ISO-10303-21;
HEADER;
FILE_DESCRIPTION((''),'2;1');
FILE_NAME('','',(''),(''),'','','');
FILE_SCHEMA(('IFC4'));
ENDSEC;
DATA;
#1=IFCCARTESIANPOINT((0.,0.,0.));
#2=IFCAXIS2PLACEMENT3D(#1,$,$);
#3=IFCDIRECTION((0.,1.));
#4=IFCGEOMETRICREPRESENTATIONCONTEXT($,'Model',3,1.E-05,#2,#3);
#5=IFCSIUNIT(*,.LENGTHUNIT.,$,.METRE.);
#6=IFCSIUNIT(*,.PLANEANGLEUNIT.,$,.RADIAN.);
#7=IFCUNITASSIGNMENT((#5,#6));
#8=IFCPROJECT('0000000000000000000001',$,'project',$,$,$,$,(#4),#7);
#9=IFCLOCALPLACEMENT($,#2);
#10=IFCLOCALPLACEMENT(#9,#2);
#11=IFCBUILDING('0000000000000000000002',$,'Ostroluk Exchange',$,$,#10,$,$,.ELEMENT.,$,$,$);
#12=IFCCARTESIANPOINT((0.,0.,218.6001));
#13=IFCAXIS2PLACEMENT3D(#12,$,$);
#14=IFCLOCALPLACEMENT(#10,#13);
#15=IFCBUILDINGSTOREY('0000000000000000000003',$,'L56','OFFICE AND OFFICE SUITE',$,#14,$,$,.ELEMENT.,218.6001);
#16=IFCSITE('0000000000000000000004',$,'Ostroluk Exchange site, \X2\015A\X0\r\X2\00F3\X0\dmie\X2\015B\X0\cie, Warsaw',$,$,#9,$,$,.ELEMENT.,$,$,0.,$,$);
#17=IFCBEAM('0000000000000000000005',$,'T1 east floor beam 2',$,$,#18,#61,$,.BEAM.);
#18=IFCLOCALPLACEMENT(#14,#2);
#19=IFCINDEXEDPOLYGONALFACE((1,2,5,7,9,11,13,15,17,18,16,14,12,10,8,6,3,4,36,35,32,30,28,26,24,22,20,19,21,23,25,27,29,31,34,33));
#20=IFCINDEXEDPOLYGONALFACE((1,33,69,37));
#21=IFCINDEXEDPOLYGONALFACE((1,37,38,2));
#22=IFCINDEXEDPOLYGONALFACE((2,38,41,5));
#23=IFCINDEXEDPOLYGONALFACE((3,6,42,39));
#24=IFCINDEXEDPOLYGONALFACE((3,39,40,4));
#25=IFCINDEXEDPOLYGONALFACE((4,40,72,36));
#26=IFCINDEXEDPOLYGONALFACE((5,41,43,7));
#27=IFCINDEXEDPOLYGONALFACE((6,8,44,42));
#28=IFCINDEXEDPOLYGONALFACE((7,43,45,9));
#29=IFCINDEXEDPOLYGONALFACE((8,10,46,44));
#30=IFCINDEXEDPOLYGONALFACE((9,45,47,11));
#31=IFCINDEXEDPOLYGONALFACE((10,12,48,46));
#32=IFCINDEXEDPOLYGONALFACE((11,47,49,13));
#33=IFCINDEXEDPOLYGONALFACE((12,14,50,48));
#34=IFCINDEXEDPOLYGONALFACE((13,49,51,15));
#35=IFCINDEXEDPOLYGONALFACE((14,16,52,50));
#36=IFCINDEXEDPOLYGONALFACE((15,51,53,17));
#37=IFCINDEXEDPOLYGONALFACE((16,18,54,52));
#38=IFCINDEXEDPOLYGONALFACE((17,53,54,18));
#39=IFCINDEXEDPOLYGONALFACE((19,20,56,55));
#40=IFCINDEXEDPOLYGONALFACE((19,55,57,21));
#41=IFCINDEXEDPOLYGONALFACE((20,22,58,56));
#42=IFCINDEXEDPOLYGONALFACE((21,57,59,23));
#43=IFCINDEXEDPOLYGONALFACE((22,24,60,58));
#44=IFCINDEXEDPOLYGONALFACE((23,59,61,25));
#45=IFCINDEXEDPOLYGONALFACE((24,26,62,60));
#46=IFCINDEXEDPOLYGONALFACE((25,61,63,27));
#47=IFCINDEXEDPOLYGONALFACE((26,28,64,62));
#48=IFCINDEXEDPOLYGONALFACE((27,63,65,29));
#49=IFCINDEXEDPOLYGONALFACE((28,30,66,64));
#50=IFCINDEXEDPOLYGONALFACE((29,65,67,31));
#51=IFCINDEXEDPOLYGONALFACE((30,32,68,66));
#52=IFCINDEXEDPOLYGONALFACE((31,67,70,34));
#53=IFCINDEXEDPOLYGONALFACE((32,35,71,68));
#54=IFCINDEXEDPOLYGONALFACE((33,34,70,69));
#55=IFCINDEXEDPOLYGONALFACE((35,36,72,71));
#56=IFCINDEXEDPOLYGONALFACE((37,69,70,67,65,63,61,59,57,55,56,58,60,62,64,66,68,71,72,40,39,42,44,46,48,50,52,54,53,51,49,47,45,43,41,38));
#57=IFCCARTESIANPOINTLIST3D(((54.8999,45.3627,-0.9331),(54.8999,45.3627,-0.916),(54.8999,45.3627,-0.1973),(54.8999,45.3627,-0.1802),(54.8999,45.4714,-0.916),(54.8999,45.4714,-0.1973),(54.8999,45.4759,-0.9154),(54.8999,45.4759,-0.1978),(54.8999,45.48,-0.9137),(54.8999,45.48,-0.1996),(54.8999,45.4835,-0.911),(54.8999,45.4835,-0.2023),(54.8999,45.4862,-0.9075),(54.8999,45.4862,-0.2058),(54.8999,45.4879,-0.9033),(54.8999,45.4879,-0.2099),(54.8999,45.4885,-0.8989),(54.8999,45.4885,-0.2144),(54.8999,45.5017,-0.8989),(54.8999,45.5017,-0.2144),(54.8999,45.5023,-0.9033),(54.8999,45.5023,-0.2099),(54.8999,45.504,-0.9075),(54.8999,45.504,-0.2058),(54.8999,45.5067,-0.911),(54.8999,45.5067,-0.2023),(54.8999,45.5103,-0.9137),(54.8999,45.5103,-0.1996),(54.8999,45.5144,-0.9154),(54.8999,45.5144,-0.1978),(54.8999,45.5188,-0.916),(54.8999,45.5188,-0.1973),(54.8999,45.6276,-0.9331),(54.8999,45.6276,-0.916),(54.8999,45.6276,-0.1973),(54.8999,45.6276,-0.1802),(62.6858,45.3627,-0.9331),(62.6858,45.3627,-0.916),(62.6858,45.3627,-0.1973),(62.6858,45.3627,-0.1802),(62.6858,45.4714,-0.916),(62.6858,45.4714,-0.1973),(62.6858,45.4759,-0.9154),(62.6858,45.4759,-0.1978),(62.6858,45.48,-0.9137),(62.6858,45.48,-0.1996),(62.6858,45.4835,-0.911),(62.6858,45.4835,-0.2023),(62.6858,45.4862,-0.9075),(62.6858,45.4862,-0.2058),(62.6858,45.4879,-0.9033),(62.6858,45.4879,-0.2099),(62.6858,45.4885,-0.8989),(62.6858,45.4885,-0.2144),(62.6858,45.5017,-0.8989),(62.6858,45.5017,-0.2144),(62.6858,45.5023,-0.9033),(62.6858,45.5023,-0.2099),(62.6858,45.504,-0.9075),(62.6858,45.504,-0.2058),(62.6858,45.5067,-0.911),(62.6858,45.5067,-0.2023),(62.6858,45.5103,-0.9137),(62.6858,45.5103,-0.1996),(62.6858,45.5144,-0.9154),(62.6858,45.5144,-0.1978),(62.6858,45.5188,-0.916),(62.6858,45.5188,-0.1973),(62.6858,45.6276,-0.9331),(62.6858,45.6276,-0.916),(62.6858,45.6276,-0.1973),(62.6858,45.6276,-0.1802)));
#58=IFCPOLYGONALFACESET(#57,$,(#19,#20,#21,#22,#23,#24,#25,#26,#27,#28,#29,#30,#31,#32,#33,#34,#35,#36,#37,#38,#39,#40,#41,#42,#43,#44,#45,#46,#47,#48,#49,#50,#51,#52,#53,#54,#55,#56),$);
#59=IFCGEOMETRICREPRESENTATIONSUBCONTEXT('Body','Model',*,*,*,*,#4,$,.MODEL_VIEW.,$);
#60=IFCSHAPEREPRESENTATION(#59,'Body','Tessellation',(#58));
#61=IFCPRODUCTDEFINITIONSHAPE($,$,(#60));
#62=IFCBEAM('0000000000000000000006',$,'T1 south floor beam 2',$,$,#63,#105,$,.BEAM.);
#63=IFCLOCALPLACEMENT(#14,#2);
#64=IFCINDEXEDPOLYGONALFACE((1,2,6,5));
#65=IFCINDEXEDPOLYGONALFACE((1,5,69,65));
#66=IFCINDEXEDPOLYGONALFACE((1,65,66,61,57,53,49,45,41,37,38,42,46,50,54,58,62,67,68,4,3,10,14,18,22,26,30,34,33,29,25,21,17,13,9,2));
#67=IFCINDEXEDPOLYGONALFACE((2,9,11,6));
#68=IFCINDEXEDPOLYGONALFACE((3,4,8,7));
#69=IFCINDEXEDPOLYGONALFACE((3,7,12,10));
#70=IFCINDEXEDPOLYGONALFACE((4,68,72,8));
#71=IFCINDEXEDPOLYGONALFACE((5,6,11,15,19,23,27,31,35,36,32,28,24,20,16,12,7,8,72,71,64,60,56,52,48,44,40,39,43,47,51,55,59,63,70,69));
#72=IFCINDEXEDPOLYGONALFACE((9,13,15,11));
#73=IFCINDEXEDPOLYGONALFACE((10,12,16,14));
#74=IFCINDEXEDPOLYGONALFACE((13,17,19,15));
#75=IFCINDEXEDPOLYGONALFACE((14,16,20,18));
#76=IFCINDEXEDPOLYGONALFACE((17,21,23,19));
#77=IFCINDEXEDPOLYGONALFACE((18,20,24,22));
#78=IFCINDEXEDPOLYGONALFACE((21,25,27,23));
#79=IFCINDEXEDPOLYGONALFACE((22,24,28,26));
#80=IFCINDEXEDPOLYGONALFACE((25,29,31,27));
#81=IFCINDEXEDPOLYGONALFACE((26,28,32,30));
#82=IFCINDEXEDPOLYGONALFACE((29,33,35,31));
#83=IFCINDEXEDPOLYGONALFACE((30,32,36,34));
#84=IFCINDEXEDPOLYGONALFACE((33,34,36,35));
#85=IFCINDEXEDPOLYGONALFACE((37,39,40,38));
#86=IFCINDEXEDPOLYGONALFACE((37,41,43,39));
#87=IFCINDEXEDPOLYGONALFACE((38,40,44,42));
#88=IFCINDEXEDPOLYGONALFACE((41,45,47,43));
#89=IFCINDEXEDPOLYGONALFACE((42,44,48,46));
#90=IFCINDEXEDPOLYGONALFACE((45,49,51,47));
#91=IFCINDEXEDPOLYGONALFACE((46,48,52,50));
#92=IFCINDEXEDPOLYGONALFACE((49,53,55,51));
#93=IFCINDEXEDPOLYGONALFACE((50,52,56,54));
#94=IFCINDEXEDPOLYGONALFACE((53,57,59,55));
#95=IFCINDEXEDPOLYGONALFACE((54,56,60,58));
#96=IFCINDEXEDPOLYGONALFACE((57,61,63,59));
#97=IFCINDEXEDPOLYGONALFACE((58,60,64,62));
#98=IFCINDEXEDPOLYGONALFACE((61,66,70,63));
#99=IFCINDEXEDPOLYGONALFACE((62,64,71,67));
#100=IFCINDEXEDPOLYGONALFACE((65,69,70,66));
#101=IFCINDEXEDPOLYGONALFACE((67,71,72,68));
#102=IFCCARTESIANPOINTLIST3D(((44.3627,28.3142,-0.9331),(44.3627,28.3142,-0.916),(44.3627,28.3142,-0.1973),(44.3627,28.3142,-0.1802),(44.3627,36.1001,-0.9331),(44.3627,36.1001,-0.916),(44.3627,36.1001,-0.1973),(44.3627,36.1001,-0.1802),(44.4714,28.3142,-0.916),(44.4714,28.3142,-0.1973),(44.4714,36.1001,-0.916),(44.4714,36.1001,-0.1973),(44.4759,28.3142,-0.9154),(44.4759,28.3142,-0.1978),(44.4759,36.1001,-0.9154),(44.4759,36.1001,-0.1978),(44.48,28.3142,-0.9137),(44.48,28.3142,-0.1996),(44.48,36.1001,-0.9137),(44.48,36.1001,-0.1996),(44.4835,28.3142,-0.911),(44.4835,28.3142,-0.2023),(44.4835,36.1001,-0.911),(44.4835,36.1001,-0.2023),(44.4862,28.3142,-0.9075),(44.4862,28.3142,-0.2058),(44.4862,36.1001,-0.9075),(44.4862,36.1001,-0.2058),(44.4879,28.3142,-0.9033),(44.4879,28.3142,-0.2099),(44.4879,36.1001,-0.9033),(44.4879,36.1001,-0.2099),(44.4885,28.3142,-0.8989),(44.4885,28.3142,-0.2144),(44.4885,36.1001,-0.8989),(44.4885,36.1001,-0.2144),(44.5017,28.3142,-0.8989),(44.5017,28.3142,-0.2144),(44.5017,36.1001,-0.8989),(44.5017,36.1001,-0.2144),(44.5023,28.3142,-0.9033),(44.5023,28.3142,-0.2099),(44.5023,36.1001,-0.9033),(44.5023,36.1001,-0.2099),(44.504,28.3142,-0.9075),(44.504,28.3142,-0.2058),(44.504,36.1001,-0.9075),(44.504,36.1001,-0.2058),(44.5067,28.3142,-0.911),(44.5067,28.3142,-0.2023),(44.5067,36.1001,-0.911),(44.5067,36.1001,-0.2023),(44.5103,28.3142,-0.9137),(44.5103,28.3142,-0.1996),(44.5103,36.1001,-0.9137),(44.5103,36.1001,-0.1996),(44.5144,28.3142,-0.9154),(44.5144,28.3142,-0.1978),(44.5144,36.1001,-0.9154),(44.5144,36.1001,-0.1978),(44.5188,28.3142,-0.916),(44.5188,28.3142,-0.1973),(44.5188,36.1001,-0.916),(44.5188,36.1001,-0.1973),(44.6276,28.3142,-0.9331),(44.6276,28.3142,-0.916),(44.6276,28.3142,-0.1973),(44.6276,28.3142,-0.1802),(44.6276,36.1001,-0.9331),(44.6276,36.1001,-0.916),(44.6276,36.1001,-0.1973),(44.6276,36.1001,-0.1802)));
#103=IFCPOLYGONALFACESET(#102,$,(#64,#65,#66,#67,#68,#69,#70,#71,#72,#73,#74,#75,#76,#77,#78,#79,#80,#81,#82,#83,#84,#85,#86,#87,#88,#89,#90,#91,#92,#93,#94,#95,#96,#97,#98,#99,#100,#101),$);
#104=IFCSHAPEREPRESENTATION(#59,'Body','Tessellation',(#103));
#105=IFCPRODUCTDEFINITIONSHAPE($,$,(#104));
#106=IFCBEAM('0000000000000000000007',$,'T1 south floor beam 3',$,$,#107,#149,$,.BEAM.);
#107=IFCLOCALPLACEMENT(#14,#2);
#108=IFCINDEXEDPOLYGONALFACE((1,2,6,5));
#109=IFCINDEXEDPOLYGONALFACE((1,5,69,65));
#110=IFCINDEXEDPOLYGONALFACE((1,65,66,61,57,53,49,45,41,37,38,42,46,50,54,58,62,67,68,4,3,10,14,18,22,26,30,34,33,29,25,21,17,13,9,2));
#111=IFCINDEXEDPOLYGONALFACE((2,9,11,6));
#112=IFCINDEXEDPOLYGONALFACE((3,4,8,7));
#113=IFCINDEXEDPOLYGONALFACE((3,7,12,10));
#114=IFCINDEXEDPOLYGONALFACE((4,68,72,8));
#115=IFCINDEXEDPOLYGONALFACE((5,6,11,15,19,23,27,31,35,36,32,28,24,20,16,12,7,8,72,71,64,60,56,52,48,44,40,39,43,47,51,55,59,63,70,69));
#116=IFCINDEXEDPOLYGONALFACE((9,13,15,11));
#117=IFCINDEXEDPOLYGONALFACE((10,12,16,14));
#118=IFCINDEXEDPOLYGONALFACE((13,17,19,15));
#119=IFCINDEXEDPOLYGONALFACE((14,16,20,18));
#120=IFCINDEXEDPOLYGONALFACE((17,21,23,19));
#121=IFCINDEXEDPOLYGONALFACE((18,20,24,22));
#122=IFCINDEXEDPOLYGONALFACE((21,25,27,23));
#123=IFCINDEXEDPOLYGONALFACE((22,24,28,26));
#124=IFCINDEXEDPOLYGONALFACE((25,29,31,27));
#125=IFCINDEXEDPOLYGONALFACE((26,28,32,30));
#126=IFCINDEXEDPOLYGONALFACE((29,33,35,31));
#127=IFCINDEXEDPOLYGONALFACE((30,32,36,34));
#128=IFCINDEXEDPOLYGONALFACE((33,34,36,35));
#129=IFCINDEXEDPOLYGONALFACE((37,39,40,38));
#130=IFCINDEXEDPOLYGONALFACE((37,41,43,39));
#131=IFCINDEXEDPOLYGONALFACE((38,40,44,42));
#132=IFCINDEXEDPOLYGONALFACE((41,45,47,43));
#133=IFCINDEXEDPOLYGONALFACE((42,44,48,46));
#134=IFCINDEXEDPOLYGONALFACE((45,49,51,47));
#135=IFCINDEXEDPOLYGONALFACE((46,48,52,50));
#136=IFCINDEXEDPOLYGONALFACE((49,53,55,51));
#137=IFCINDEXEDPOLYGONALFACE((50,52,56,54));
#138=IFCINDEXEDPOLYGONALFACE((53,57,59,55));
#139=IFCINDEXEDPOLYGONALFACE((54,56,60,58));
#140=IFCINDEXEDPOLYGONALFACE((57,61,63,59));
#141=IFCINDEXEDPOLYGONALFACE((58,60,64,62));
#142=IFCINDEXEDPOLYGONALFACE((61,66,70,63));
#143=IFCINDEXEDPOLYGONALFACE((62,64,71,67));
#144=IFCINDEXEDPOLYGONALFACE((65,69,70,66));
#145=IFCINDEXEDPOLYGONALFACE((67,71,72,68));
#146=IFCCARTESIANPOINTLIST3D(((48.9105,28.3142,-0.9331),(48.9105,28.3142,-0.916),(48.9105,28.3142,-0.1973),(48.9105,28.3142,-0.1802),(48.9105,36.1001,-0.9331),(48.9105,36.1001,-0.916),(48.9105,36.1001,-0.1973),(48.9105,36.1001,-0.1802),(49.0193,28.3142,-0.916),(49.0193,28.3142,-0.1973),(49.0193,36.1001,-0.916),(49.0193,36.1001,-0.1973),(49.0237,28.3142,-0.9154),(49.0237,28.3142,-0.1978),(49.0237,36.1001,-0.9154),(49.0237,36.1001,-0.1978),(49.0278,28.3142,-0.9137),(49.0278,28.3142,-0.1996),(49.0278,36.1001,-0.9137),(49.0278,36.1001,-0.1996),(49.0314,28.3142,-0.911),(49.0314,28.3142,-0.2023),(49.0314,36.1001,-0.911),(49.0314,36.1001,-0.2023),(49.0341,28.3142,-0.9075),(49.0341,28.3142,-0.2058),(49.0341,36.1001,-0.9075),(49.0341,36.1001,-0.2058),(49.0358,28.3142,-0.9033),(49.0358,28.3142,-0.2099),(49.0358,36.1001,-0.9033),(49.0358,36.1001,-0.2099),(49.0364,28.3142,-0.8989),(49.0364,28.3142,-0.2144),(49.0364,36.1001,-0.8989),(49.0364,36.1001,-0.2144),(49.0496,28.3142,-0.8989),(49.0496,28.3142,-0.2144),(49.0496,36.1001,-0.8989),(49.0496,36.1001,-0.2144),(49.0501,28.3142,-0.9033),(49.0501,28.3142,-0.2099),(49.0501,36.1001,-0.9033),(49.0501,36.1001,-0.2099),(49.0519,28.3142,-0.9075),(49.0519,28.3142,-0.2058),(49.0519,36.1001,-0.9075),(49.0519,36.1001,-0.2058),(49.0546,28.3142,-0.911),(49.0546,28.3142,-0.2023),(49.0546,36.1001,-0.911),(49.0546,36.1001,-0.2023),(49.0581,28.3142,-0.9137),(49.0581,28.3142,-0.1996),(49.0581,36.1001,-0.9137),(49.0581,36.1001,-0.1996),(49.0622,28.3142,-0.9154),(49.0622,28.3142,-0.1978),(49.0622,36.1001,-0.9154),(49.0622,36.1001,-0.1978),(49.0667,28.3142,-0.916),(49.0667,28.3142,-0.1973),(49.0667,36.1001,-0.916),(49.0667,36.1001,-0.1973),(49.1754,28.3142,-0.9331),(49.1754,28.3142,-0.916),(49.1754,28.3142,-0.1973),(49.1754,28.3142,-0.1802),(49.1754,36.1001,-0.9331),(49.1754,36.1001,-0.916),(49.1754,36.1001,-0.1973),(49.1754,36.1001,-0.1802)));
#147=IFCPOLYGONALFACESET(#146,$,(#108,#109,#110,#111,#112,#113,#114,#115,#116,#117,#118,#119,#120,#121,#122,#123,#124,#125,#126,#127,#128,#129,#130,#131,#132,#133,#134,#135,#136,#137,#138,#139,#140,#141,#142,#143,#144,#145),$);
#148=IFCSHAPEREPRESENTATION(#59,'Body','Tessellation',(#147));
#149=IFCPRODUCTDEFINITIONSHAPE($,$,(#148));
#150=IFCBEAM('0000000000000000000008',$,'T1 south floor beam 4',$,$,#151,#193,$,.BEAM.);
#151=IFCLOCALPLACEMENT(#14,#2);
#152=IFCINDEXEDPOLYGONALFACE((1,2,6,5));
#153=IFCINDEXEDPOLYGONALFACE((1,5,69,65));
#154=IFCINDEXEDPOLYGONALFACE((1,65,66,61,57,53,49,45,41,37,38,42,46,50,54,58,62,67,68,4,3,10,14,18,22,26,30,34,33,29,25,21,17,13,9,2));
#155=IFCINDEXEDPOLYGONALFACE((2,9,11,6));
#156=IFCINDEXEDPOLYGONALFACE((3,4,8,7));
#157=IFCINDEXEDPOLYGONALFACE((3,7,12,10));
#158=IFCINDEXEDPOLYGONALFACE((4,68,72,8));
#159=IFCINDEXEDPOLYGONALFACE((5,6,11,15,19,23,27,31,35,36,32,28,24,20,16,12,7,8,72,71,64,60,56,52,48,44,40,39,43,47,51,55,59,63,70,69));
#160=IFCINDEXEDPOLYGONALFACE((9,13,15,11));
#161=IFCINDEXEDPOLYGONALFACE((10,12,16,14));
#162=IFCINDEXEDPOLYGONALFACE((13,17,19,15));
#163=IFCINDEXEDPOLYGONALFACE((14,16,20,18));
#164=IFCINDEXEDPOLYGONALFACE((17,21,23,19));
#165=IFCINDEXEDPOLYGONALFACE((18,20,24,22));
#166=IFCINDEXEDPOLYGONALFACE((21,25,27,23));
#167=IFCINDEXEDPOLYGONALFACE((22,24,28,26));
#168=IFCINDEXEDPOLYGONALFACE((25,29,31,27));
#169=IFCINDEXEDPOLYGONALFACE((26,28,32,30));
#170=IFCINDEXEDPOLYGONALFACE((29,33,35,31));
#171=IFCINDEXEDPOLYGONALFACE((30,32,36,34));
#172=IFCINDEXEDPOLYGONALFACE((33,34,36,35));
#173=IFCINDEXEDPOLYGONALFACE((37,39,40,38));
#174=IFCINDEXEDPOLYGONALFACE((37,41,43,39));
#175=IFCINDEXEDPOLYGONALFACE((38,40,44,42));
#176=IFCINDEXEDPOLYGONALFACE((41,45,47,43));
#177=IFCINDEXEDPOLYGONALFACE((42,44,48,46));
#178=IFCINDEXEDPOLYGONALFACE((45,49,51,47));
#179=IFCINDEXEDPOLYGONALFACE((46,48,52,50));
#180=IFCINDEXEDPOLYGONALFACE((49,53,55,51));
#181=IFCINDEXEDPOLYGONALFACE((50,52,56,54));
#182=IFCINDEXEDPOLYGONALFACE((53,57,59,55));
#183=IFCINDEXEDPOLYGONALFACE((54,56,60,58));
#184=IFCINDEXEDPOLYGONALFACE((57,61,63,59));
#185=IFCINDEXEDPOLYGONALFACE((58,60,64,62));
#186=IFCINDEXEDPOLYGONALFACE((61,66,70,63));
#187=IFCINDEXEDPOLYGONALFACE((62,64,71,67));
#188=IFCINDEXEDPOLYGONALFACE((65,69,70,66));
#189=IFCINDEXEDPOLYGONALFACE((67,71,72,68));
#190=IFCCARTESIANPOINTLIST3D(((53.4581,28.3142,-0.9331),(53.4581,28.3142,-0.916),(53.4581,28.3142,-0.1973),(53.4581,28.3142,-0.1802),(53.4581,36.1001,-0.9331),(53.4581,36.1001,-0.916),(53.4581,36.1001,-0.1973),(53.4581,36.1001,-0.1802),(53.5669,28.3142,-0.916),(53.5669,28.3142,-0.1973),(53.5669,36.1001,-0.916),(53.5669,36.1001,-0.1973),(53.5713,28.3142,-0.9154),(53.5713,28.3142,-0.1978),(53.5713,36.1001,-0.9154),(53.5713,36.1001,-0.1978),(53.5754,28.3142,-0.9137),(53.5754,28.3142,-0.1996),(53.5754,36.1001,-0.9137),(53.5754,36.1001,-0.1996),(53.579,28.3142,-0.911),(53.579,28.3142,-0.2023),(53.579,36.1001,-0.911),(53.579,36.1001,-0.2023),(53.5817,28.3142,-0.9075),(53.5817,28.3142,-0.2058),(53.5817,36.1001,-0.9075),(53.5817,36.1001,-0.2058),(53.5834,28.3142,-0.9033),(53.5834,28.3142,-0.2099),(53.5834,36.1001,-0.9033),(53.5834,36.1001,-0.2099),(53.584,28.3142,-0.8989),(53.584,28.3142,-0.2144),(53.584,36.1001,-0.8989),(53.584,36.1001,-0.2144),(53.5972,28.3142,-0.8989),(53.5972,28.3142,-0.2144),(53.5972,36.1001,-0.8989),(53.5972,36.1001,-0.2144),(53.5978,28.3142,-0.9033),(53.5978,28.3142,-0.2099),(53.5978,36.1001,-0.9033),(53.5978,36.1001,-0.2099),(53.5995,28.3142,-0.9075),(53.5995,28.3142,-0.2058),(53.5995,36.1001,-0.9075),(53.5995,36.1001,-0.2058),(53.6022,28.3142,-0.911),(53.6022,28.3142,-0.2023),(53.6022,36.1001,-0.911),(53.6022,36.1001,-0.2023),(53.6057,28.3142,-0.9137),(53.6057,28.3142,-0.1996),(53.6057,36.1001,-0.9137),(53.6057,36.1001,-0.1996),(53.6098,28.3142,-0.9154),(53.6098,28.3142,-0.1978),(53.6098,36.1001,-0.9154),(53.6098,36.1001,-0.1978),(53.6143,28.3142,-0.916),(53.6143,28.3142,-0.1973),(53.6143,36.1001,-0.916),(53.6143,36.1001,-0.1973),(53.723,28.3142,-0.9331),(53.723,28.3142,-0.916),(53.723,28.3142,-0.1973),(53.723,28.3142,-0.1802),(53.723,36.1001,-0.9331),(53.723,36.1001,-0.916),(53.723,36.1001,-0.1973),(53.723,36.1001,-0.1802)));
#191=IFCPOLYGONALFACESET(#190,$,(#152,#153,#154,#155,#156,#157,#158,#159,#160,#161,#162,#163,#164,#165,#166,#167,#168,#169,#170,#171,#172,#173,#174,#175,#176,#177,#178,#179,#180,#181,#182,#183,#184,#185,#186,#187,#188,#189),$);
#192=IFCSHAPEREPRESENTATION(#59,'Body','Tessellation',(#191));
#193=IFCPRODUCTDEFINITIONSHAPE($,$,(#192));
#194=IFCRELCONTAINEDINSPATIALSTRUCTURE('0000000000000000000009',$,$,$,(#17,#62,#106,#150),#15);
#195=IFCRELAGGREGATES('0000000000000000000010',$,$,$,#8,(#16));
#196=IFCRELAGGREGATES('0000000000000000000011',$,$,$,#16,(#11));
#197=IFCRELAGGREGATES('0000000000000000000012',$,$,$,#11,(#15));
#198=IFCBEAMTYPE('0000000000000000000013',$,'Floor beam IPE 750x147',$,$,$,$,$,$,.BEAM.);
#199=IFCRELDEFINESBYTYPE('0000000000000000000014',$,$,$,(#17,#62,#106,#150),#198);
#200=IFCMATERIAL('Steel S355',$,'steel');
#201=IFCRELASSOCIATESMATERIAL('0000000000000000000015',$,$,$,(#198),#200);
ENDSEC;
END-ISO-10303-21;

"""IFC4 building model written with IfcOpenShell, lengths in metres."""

from ifc_helpers import new_model, si_unit, direction, frame, origin, origin_2d, place, context, subcontext, project, spatial, i_section, extrude, material, material_profile, profile_set, type_object, element, save


model = new_model("IFC4")

# Units and contexts
model_context = context("Model", 3, precision=1e-05, world=origin(), true_north=direction((0.0, 1.0)))
body_context = subcontext(model_context, "Body", "Model", "MODEL_VIEW")
ifc_project = project(units=[si_unit("LENGTHUNIT", "METRE"), si_unit("PLANEANGLEUNIT", "RADIAN")], contexts=[model_context])

# Site, building, storey
site_placement = place(None, origin())
site = spatial("IfcSite", under=ifc_project, at=site_placement, Name="Ostroluk Exchange site, Śródmieście, Warsaw", CompositionType="ELEMENT", RefElevation=0.0)
building_placement = place(site_placement, origin())
building = spatial("IfcBuilding", under=site, at=building_placement, Name="Ostroluk Exchange", CompositionType="ELEMENT")
storey_placement = place(building_placement, frame((0.0, 0.0, 218.6001)))
storey = spatial("IfcBuildingStorey", under=building, at=storey_placement, Name="L56", Description="OFFICE AND OFFICE SUITE", CompositionType="ELEMENT", Elevation=218.6001)

# Beams
ifc_material_1 = material(Name="Steel S355", Category="steel")
ifc_material_profile_1 = material_profile(ifc_material_1, i_section(OverallWidth=0.2649, OverallDepth=0.7529, WebThickness=0.0132, FlangeThickness=0.0171, FilletRadius=0.0171, at=origin_2d()), Name="IPE 750x147")
ifc_profile_set_1 = profile_set([ifc_material_profile_1], Name="Steel S355")
beam_type_1 = type_object("IfcBeamType", Name="Floor beam IPE 750x147", PredefinedType="BEAM", material=ifc_profile_set_1)
for number, where, z_axis, x_axis, name in (
    (1, (54.8999, 45.4951, -0.5566), (1.0, 0.0, 0.0), (0.0, 1.0, 0.0), "T1 east floor beam 2"),
    (2, (44.4951, 36.1001, -0.5566), (0.0, -1.0, 0.0), (1.0, 0.0, 0.0), "T1 south floor beam 2"),
    (3, (49.043, 36.1001, -0.5566), (0.0, -1.0, 0.0), (1.0, 0.0, 0.0), "T1 south floor beam 3"),
    (4, (53.5906, 36.1001, -0.5566), (0.0, -1.0, 0.0), (1.0, 0.0, 0.0), "T1 south floor beam 4"),
):
    element("IfcBeam", number, at=place(storey_placement, frame(where, z_axis=z_axis, x_axis=x_axis)), inside=storey, type_object=beam_type_1, Name=name, PredefinedType="BEAM", context=body_context, shape_type="SweptSolid", body=[
        extrude(i_section(OverallWidth=0.2649, OverallDepth=0.7529, WebThickness=0.0132, FlangeThickness=0.0171, FilletRadius=0.0171, at=origin_2d()), origin(), (0.0, 0.0, 1.0), 7.7859),
    ])

save(model, "model.ifc")
